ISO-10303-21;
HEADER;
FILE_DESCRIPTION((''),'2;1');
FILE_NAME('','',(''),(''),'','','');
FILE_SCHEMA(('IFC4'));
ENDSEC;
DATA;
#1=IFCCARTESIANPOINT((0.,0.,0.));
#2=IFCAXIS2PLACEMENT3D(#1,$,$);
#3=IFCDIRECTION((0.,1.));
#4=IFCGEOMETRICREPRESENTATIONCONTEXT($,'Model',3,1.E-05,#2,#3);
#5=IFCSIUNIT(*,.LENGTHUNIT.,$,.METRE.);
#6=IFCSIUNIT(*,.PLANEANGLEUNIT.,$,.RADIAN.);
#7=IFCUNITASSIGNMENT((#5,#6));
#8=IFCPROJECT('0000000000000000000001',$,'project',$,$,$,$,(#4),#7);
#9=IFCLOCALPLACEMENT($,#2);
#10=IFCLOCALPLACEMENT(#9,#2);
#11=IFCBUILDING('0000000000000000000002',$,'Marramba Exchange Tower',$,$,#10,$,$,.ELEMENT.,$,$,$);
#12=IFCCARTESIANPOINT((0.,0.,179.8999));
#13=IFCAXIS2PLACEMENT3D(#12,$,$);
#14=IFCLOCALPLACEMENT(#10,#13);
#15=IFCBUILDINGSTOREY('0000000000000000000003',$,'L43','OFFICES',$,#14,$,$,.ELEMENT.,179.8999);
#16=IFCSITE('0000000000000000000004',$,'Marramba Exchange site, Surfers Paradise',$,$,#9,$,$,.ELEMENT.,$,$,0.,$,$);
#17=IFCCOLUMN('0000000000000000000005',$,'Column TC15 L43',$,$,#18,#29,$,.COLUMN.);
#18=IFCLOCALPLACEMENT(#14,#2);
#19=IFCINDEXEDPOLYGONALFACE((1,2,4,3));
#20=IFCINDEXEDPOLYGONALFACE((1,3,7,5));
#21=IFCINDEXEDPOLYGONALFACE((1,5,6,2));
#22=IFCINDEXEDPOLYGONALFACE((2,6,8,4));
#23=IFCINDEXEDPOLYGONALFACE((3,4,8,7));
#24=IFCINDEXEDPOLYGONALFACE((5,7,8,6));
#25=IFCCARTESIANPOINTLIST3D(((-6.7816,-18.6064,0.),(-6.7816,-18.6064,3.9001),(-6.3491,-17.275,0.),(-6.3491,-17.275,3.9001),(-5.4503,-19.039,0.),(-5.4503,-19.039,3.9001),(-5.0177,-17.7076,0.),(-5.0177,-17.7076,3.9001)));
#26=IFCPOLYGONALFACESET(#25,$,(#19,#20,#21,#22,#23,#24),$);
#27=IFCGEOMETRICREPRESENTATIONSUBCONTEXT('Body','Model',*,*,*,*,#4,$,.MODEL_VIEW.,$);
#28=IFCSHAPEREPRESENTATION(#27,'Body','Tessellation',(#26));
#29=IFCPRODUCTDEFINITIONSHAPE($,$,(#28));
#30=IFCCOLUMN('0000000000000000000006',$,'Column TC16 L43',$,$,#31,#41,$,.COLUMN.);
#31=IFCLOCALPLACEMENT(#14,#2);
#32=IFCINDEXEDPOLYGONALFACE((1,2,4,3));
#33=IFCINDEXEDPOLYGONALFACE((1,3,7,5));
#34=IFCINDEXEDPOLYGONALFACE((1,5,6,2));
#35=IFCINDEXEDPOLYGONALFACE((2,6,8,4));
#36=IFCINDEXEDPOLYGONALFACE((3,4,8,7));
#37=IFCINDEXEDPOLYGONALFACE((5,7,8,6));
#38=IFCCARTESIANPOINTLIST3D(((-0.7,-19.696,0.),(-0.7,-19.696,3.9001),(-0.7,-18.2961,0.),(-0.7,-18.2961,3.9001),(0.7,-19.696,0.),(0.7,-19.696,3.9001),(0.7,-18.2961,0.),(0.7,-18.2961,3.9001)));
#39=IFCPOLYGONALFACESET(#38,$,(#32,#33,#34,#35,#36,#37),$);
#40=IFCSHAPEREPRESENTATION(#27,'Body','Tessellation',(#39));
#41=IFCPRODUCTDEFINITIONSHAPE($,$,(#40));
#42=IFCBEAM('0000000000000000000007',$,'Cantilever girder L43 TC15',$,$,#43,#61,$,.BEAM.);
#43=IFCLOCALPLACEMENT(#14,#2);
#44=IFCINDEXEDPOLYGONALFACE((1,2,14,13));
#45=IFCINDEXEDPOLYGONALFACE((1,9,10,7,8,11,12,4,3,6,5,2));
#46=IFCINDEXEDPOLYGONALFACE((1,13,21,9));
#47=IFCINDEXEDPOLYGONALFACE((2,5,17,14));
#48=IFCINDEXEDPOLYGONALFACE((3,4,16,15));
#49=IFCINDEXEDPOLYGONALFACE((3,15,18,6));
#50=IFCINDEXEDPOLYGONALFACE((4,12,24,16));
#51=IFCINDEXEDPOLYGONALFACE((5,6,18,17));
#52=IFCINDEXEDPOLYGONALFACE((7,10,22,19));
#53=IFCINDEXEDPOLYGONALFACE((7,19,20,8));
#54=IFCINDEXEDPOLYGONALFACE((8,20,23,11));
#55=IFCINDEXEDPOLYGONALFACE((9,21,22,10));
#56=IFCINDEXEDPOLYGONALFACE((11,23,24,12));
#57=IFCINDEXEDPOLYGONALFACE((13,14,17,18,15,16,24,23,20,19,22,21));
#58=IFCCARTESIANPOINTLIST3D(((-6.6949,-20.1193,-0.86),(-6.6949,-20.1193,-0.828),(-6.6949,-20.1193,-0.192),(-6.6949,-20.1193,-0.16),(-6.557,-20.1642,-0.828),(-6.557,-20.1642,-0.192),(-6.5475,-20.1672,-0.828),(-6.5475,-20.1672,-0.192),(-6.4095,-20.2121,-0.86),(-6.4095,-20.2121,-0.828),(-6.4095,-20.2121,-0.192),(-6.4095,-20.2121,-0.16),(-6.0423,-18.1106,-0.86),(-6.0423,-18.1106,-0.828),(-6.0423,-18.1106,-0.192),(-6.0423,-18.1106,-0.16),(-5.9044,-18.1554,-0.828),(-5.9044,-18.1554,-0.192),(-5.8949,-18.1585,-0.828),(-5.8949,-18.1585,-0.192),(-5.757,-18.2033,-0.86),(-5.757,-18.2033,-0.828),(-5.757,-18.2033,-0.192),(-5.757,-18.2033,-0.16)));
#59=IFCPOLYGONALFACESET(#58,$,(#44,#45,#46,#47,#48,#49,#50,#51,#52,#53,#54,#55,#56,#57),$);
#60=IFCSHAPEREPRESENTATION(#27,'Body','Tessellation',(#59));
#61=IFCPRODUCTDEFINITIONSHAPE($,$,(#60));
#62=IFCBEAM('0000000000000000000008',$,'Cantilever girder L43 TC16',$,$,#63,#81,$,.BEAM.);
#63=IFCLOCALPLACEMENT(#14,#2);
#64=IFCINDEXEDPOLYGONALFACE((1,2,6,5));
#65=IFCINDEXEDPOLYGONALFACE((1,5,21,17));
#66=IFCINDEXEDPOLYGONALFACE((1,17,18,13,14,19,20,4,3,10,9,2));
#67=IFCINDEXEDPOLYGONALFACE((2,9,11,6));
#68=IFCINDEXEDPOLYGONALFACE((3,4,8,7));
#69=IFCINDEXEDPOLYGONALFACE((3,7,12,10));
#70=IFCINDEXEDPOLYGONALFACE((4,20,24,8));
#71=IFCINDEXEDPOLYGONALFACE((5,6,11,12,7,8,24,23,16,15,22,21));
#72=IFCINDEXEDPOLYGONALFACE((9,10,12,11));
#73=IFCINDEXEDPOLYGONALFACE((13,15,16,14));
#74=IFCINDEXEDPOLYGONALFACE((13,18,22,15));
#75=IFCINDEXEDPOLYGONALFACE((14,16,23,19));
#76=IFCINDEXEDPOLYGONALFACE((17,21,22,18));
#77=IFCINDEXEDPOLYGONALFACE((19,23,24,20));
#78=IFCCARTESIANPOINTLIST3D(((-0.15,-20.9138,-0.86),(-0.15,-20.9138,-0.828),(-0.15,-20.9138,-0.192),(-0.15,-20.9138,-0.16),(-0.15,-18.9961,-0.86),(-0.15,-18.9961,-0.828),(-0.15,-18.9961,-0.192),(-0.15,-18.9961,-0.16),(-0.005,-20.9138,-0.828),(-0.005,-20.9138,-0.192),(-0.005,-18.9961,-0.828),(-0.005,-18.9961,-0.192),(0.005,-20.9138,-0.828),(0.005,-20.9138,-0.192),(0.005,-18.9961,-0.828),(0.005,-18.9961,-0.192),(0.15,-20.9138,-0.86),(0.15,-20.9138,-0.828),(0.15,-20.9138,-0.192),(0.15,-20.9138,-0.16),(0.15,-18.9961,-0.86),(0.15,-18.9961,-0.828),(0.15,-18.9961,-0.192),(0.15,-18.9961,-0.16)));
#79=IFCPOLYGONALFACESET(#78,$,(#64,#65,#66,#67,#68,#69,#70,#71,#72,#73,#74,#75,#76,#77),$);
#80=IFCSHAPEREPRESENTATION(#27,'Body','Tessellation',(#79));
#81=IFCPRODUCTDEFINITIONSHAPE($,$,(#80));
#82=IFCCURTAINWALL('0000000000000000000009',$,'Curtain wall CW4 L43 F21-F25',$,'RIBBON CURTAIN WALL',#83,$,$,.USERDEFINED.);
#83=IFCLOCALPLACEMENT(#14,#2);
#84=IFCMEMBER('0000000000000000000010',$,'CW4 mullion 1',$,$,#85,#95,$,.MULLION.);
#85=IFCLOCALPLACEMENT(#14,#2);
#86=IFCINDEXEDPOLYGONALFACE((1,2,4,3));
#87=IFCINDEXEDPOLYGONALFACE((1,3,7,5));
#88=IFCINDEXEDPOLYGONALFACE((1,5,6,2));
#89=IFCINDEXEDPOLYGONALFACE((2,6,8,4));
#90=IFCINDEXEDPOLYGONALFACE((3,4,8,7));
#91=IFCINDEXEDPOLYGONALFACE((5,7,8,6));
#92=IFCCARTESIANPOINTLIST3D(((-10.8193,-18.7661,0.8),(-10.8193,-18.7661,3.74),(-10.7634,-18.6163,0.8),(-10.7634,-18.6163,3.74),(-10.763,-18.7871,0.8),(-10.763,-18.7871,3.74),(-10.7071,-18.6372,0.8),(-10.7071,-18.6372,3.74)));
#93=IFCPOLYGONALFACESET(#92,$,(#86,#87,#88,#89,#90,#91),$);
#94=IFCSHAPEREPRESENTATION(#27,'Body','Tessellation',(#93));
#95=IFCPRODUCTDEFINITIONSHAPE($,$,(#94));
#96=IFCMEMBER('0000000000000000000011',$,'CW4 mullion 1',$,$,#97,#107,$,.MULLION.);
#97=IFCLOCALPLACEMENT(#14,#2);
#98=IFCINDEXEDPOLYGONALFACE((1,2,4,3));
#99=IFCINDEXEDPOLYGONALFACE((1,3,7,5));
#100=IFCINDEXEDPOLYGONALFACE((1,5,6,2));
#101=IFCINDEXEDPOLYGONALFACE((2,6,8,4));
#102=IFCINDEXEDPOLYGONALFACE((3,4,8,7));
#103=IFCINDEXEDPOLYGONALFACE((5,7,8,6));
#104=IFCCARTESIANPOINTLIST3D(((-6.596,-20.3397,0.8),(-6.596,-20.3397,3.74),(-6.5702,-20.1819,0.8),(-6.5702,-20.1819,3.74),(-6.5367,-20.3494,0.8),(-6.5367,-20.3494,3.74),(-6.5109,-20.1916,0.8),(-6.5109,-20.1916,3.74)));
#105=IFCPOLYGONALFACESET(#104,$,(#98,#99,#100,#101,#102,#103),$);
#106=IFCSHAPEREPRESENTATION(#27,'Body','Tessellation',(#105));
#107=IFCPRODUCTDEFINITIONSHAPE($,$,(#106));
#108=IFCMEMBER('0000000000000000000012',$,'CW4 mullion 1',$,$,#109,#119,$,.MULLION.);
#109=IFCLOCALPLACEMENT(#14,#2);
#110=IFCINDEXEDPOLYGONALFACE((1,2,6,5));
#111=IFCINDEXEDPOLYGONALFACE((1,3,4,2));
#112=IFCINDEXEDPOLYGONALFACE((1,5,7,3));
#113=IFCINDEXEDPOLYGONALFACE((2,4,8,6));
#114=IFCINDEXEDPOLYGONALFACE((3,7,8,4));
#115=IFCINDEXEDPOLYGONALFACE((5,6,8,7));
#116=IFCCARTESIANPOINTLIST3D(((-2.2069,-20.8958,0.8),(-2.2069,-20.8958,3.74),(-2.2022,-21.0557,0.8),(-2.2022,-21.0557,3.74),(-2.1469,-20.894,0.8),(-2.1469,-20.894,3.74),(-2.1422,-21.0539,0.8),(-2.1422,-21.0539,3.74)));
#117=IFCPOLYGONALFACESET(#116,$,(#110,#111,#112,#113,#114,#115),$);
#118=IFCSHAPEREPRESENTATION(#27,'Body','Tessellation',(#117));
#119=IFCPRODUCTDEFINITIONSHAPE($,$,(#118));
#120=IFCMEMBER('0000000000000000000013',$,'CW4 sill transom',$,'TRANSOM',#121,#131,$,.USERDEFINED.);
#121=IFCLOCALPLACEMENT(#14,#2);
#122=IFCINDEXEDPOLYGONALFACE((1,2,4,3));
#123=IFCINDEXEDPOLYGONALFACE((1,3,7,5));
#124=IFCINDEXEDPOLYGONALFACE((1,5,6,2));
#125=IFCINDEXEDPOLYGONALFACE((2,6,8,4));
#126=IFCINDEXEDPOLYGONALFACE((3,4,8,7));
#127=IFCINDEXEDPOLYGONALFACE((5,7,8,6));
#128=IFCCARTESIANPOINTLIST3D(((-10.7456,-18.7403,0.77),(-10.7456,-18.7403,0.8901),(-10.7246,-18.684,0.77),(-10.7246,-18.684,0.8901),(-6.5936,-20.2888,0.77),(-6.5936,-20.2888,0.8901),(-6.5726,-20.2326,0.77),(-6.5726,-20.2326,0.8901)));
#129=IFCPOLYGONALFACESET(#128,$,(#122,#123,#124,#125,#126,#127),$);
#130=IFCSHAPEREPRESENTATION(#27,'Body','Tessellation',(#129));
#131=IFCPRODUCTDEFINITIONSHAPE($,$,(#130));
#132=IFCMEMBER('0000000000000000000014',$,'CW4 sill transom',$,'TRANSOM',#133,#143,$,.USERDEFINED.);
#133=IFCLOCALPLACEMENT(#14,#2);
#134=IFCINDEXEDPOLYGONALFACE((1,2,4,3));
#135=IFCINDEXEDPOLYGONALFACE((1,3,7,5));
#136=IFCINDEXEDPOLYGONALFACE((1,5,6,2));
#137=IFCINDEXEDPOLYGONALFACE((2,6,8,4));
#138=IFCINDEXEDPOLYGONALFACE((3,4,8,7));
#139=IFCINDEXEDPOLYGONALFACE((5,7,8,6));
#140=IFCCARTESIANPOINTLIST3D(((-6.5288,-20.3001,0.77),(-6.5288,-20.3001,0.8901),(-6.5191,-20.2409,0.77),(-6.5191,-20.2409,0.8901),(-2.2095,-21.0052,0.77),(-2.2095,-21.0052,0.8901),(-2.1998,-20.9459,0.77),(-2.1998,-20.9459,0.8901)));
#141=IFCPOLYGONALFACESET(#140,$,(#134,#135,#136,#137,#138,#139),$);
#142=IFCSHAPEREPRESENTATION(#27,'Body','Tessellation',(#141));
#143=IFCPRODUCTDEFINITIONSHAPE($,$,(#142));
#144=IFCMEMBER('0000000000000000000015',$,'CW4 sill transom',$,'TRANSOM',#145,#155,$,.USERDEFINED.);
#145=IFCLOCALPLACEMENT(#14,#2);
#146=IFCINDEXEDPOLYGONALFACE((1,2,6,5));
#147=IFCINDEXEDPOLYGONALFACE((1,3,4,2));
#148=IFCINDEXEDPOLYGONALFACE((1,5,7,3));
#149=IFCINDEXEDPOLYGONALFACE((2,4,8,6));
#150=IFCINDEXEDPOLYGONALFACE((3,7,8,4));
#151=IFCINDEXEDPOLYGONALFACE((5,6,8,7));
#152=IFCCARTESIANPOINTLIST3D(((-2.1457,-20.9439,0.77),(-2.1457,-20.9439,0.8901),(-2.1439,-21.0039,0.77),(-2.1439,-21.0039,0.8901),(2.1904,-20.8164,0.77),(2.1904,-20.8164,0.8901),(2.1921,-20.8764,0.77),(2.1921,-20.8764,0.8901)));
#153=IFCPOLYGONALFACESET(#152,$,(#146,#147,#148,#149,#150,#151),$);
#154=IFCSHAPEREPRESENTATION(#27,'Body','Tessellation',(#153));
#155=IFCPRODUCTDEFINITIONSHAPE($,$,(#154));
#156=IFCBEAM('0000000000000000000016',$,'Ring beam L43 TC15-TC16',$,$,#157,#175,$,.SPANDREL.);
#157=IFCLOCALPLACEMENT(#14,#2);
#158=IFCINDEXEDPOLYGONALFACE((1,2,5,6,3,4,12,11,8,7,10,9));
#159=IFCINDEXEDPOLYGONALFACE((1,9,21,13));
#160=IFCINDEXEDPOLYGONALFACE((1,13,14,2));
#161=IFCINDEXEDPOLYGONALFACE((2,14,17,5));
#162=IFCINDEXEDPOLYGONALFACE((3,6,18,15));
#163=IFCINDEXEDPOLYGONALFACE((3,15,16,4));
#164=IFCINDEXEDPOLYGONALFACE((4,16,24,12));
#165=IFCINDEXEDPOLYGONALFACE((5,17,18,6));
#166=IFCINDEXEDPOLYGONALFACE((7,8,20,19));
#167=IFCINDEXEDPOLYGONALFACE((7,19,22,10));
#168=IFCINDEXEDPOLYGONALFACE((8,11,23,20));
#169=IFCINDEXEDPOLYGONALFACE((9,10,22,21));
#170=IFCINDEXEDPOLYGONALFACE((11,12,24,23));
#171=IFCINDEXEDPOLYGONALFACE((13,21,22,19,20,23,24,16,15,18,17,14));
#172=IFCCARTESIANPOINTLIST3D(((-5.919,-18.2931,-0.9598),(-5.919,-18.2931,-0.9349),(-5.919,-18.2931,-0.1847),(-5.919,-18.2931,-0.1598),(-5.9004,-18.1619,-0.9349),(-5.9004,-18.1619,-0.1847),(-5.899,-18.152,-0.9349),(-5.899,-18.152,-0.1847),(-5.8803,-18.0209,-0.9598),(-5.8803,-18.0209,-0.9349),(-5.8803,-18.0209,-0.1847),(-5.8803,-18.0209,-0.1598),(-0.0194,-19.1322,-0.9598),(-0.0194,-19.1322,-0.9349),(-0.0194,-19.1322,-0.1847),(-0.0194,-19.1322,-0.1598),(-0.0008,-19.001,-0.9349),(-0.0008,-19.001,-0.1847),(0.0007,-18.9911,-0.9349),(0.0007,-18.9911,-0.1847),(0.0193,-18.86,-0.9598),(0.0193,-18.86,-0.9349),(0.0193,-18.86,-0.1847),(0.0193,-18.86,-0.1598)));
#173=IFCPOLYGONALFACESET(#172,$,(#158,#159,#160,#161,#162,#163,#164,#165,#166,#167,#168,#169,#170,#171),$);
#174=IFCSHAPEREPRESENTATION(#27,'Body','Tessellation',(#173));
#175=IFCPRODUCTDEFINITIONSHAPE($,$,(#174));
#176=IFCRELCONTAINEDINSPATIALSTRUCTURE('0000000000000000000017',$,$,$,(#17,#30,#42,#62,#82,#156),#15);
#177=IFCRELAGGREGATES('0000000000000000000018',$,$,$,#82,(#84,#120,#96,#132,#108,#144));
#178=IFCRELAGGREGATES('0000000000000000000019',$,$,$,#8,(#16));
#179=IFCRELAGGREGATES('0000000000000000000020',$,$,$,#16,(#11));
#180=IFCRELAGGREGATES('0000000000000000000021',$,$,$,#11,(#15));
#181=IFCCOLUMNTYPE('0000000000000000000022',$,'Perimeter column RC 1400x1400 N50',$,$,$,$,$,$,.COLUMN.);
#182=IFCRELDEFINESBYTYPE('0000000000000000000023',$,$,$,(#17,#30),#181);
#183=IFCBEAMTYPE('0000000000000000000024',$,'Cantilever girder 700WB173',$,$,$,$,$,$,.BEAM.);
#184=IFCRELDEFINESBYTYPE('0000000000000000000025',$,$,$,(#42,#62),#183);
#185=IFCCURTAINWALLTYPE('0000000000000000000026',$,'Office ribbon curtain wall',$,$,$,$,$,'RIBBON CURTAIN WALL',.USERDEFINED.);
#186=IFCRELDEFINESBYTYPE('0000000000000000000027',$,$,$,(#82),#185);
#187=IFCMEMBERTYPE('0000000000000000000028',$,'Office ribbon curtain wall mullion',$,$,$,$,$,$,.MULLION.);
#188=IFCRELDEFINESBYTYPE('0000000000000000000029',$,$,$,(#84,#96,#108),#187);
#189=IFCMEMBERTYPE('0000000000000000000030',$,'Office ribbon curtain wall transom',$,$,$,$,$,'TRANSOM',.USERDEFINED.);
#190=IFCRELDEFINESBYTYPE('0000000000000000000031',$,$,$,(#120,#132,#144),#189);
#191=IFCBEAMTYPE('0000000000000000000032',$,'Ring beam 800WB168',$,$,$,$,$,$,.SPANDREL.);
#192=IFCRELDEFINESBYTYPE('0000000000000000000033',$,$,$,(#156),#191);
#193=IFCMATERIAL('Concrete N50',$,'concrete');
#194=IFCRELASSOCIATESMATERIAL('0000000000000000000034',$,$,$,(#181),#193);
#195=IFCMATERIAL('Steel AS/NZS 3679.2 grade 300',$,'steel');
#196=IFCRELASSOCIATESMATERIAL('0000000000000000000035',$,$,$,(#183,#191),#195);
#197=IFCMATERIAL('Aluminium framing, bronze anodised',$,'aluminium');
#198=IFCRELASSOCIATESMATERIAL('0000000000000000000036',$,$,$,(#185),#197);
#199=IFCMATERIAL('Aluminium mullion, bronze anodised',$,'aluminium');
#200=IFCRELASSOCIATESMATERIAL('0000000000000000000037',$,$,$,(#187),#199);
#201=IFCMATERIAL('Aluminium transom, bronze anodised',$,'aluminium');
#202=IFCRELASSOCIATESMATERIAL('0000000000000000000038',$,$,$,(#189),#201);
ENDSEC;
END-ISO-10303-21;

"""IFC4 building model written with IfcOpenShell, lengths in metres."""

from ifc_helpers import new_model, si_unit, direction, frame, origin, origin_2d, place, context, subcontext, project, spatial, rectangle, i_section, extrude, material, material_profile, profile_set, type_object, element, aggregate, save


model = new_model("IFC4")

# Units and contexts
model_context = context("Model", 3, precision=1e-05, world=origin(), true_north=direction((0.0, 1.0)))
body_context = subcontext(model_context, "Body", "Model", "MODEL_VIEW")
ifc_project = project(units=[si_unit("LENGTHUNIT", "METRE"), si_unit("PLANEANGLEUNIT", "RADIAN")], contexts=[model_context])

# Site, building, storey
site_placement = place(None, origin())
site = spatial("IfcSite", under=ifc_project, at=site_placement, Name="Marramba Exchange site, Surfers Paradise", CompositionType="ELEMENT", RefElevation=0.0)
building_placement = place(site_placement, origin())
building = spatial("IfcBuilding", under=site, at=building_placement, Name="Marramba Exchange Tower", CompositionType="ELEMENT")
storey_placement = place(building_placement, frame((0.0, 0.0, 179.8999)))
storey = spatial("IfcBuildingStorey", under=building, at=storey_placement, Name="L43", Description="OFFICES", CompositionType="ELEMENT", Elevation=179.8999)

# Columns
ifc_material_1 = material(Name="Concrete N50", Category="concrete")
ifc_material_profile_1 = material_profile(ifc_material_1, rectangle(XDim=1.3999, YDim=1.3999, at=origin_2d()), Name="RC 1400x1400")
ifc_profile_set_1 = profile_set([ifc_material_profile_1], Name="Concrete N50")
column_type = type_object("IfcColumnType", Name="Perimeter column RC 1400x1400 N50", PredefinedType="COLUMN", material=ifc_profile_set_1)
for number, where, z_axis, x_axis, name in (
    (1, (-5.8997, -18.157, 0.0), (0.0, 0.0, 1.0), (-0.309017, -0.951057, 0.0), "Column TC15 L43"),
    (2, (0.0, -18.9961, 0.0), (0.0, 0.0, 1.0), (0.0, -1.0, 0.0), "Column TC16 L43"),
):
    element("IfcColumn", number, at=place(storey_placement, frame(where, z_axis=z_axis, x_axis=x_axis)), inside=storey, type_object=column_type, Name=name, PredefinedType="COLUMN", context=body_context, shape_type="SweptSolid", body=[
        extrude(rectangle(XDim=1.3999, YDim=1.3999, at=origin_2d()), origin(), (0.0, 0.0, 1.0), 3.9001),
    ])

# Beams
ifc_material_2 = material(Name="Steel AS/NZS 3679.2 grade 300", Category="steel")
ifc_material_profile_2 = material_profile(ifc_material_2, i_section(OverallWidth=0.3, OverallDepth=0.7, WebThickness=0.01, FlangeThickness=0.032, at=origin_2d()), Name="700WB173")
ifc_profile_set_2 = profile_set([ifc_material_profile_2], Name="Steel AS/NZS 3679.2 grade 300")
beam_type_1 = type_object("IfcBeamType", Name="Cantilever girder 700WB173", PredefinedType="BEAM", material=ifc_profile_set_2)
beam_1_placement = place(storey_placement, frame((-5.8997, -18.157, -0.51), z_axis=(-0.308971, -0.951071, 0.0), x_axis=(0.951071, -0.308971, 0.0)))
element("IfcBeam", 3, at=beam_1_placement, inside=storey, type_object=beam_type_1, Name="Cantilever girder L43 TC15", PredefinedType="BEAM", context=body_context, shape_type="SweptSolid", body=[
    extrude(i_section(OverallWidth=0.3, OverallDepth=0.7, WebThickness=0.01, FlangeThickness=0.032, at=origin_2d()), origin(), (0.0, 0.0, 1.0), 2.1121),
])
beam_2_placement = place(storey_placement, frame((0.0, -18.9961, -0.51), z_axis=(0.0, -1.0, 0.0), x_axis=(1.0, 0.0, 0.0)))
element("IfcBeam", 4, at=beam_2_placement, inside=storey, type_object=beam_type_1, Name="Cantilever girder L43 TC16", PredefinedType="BEAM", context=body_context, shape_type="SweptSolid", body=[
    extrude(i_section(OverallWidth=0.3, OverallDepth=0.7, WebThickness=0.01, FlangeThickness=0.032, at=origin_2d()), origin(), (0.0, 0.0, 1.0), 1.9177),
])

# Curtain wall, members
ifc_material_3 = material(Name="Aluminium framing, bronze anodised", Category="aluminium")
curtain_wall_type = type_object("IfcCurtainWallType", Name="Office ribbon curtain wall", ElementType="RIBBON CURTAIN WALL", PredefinedType="USERDEFINED", material=ifc_material_3)
curtain_wall_placement = place(storey_placement, origin())
curtain_wall = element("IfcCurtainWall", 5, at=curtain_wall_placement, inside=storey, type_object=curtain_wall_type, Name="Curtain wall CW4 L43 F21-F25", ObjectType="RIBBON CURTAIN WALL", PredefinedType="USERDEFINED")
ifc_material_4 = material(Name="Aluminium mullion, bronze anodised", Category="aluminium")
ifc_material_profile_3 = material_profile(ifc_material_4, rectangle(XDim=0.1599, YDim=0.0601, at=origin_2d()), Name="CW4 mullion 60x160")
ifc_profile_set_3 = profile_set([ifc_material_profile_3], Name="Aluminium mullion, bronze anodised")
member_type_1 = type_object("IfcMemberType", Name="Office ribbon curtain wall mullion", PredefinedType="MULLION", material=ifc_profile_set_3)
member_1_placement = place(storey_placement, frame((-10.7632, -18.7017, 0.8), z_axis=(0.0, 0.0, 1.0), x_axis=(0.349459, 0.936952, 0.0)))
member_1 = element("IfcMember", 6, at=member_1_placement, type_object=member_type_1, Name="CW4 mullion 1", PredefinedType="MULLION", context=body_context, shape_type="SweptSolid", body=[
    extrude(rectangle(XDim=0.1599, YDim=0.0601, at=origin_2d()), origin(), (0.0, 0.0, 1.0), 2.9399),
])
member_2_placement = place(storey_placement, frame((-6.5535, -20.2656, 0.8), z_axis=(0.0, 0.0, 1.0), x_axis=(0.161146, 0.986931, 0.0)))
member_2 = element("IfcMember", 7, at=member_2_placement, type_object=member_type_1, Name="CW4 mullion 1", PredefinedType="MULLION", context=body_context, shape_type="SweptSolid", body=[
    extrude(rectangle(XDim=0.1599, YDim=0.0601, at=origin_2d()), origin(), (0.0, 0.0, 1.0), 2.9399),
])
member_3_placement = place(storey_placement, frame((-2.1746, -20.9749, 0.8), z_axis=(0.0, 0.0, 1.0), x_axis=(-0.029393, 0.999568, 0.0)))
member_3 = element("IfcMember", 8, at=member_3_placement, type_object=member_type_1, Name="CW4 mullion 1", PredefinedType="MULLION", context=body_context, shape_type="SweptSolid", body=[
    extrude(rectangle(XDim=0.1599, YDim=0.0601, at=origin_2d()), origin(), (0.0, 0.0, 1.0), 2.9399),
])
ifc_material_5 = material(Name="Aluminium transom, bronze anodised", Category="aluminium")
ifc_material_profile_4 = material_profile(ifc_material_5, rectangle(XDim=0.0601, YDim=0.1201, at=origin_2d()), Name="CW4 transom 60x120")
ifc_profile_set_4 = profile_set([ifc_material_profile_4], Name="Aluminium transom, bronze anodised")
member_type_2 = type_object("IfcMemberType", Name="Office ribbon curtain wall transom", ElementType="TRANSOM", PredefinedType="USERDEFINED", material=ifc_profile_set_4)
member_4_placement = place(storey_placement, frame((-10.7351, -18.7122, 0.8301), z_axis=(0.936955, -0.34945, 0.0), x_axis=(0.34945, 0.936955, 0.0)))
member_4 = element("IfcMember", 9, at=member_4_placement, type_object=member_type_2, Name="CW4 sill transom", ObjectType="TRANSOM", PredefinedType="USERDEFINED", context=body_context, shape_type="SweptSolid", body=[
    extrude(rectangle(XDim=0.0601, YDim=0.1201, at=origin_2d()), origin(), (0.0, 0.0, 1.0), 4.4314),
])
member_5_placement = place(storey_placement, frame((-6.5239, -20.2705, 0.8301), z_axis=(0.986937, -0.161105, 0.0), x_axis=(0.161105, 0.986937, 0.0)))
member_5 = element("IfcMember", 10, at=member_5_placement, type_object=member_type_2, Name="CW4 sill transom", ObjectType="TRANSOM", PredefinedType="USERDEFINED", context=body_context, shape_type="SweptSolid", body=[
    extrude(rectangle(XDim=0.0601, YDim=0.1201, at=origin_2d()), origin(), (0.0, 0.0, 1.0), 4.3765),
])
member_6_placement = place(storey_placement, frame((-2.1448, -20.9739, 0.8301), z_axis=(0.999568, 0.029379, 0.0), x_axis=(-0.029379, 0.999568, 0.0)))
member_6 = element("IfcMember", 11, at=member_6_placement, type_object=member_type_2, Name="CW4 sill transom", ObjectType="TRANSOM", PredefinedType="USERDEFINED", context=body_context, shape_type="SweptSolid", body=[
    extrude(rectangle(XDim=0.0601, YDim=0.1201, at=origin_2d()), origin(), (0.0, 0.0, 1.0), 4.3379),
])

# Beam
ifc_material_profile_5 = material_profile(ifc_material_2, i_section(OverallWidth=0.2749, OverallDepth=0.8, WebThickness=0.01, FlangeThickness=0.0249, at=origin_2d()), Name="800WB168")
ifc_profile_set_5 = profile_set([ifc_material_profile_5], Name="Steel AS/NZS 3679.2 grade 300")
beam_type_2 = type_object("IfcBeamType", Name="Ring beam 800WB168", PredefinedType="SPANDREL", material=ifc_profile_set_5)
for number, where, z_axis, x_axis, name in (
    (12, (-5.8997, -18.157, -0.5598), (0.990036, -0.140813, 0.0), (0.140813, 0.990036, 0.0), "Ring beam L43 TC15-TC16"),
):
    element("IfcBeam", number, at=place(storey_placement, frame(where, z_axis=z_axis, x_axis=x_axis)), inside=storey, type_object=beam_type_2, Name=name, PredefinedType="SPANDREL", context=body_context, shape_type="SweptSolid", body=[
        extrude(i_section(OverallWidth=0.2749, OverallDepth=0.8, WebThickness=0.01, FlangeThickness=0.0249, at=origin_2d()), origin(), (0.0, 0.0, 1.0), 5.959),
    ])

aggregate(curtain_wall, [member_1, member_4, member_2, member_5, member_3, member_6])

save(model, "model.ifc")
